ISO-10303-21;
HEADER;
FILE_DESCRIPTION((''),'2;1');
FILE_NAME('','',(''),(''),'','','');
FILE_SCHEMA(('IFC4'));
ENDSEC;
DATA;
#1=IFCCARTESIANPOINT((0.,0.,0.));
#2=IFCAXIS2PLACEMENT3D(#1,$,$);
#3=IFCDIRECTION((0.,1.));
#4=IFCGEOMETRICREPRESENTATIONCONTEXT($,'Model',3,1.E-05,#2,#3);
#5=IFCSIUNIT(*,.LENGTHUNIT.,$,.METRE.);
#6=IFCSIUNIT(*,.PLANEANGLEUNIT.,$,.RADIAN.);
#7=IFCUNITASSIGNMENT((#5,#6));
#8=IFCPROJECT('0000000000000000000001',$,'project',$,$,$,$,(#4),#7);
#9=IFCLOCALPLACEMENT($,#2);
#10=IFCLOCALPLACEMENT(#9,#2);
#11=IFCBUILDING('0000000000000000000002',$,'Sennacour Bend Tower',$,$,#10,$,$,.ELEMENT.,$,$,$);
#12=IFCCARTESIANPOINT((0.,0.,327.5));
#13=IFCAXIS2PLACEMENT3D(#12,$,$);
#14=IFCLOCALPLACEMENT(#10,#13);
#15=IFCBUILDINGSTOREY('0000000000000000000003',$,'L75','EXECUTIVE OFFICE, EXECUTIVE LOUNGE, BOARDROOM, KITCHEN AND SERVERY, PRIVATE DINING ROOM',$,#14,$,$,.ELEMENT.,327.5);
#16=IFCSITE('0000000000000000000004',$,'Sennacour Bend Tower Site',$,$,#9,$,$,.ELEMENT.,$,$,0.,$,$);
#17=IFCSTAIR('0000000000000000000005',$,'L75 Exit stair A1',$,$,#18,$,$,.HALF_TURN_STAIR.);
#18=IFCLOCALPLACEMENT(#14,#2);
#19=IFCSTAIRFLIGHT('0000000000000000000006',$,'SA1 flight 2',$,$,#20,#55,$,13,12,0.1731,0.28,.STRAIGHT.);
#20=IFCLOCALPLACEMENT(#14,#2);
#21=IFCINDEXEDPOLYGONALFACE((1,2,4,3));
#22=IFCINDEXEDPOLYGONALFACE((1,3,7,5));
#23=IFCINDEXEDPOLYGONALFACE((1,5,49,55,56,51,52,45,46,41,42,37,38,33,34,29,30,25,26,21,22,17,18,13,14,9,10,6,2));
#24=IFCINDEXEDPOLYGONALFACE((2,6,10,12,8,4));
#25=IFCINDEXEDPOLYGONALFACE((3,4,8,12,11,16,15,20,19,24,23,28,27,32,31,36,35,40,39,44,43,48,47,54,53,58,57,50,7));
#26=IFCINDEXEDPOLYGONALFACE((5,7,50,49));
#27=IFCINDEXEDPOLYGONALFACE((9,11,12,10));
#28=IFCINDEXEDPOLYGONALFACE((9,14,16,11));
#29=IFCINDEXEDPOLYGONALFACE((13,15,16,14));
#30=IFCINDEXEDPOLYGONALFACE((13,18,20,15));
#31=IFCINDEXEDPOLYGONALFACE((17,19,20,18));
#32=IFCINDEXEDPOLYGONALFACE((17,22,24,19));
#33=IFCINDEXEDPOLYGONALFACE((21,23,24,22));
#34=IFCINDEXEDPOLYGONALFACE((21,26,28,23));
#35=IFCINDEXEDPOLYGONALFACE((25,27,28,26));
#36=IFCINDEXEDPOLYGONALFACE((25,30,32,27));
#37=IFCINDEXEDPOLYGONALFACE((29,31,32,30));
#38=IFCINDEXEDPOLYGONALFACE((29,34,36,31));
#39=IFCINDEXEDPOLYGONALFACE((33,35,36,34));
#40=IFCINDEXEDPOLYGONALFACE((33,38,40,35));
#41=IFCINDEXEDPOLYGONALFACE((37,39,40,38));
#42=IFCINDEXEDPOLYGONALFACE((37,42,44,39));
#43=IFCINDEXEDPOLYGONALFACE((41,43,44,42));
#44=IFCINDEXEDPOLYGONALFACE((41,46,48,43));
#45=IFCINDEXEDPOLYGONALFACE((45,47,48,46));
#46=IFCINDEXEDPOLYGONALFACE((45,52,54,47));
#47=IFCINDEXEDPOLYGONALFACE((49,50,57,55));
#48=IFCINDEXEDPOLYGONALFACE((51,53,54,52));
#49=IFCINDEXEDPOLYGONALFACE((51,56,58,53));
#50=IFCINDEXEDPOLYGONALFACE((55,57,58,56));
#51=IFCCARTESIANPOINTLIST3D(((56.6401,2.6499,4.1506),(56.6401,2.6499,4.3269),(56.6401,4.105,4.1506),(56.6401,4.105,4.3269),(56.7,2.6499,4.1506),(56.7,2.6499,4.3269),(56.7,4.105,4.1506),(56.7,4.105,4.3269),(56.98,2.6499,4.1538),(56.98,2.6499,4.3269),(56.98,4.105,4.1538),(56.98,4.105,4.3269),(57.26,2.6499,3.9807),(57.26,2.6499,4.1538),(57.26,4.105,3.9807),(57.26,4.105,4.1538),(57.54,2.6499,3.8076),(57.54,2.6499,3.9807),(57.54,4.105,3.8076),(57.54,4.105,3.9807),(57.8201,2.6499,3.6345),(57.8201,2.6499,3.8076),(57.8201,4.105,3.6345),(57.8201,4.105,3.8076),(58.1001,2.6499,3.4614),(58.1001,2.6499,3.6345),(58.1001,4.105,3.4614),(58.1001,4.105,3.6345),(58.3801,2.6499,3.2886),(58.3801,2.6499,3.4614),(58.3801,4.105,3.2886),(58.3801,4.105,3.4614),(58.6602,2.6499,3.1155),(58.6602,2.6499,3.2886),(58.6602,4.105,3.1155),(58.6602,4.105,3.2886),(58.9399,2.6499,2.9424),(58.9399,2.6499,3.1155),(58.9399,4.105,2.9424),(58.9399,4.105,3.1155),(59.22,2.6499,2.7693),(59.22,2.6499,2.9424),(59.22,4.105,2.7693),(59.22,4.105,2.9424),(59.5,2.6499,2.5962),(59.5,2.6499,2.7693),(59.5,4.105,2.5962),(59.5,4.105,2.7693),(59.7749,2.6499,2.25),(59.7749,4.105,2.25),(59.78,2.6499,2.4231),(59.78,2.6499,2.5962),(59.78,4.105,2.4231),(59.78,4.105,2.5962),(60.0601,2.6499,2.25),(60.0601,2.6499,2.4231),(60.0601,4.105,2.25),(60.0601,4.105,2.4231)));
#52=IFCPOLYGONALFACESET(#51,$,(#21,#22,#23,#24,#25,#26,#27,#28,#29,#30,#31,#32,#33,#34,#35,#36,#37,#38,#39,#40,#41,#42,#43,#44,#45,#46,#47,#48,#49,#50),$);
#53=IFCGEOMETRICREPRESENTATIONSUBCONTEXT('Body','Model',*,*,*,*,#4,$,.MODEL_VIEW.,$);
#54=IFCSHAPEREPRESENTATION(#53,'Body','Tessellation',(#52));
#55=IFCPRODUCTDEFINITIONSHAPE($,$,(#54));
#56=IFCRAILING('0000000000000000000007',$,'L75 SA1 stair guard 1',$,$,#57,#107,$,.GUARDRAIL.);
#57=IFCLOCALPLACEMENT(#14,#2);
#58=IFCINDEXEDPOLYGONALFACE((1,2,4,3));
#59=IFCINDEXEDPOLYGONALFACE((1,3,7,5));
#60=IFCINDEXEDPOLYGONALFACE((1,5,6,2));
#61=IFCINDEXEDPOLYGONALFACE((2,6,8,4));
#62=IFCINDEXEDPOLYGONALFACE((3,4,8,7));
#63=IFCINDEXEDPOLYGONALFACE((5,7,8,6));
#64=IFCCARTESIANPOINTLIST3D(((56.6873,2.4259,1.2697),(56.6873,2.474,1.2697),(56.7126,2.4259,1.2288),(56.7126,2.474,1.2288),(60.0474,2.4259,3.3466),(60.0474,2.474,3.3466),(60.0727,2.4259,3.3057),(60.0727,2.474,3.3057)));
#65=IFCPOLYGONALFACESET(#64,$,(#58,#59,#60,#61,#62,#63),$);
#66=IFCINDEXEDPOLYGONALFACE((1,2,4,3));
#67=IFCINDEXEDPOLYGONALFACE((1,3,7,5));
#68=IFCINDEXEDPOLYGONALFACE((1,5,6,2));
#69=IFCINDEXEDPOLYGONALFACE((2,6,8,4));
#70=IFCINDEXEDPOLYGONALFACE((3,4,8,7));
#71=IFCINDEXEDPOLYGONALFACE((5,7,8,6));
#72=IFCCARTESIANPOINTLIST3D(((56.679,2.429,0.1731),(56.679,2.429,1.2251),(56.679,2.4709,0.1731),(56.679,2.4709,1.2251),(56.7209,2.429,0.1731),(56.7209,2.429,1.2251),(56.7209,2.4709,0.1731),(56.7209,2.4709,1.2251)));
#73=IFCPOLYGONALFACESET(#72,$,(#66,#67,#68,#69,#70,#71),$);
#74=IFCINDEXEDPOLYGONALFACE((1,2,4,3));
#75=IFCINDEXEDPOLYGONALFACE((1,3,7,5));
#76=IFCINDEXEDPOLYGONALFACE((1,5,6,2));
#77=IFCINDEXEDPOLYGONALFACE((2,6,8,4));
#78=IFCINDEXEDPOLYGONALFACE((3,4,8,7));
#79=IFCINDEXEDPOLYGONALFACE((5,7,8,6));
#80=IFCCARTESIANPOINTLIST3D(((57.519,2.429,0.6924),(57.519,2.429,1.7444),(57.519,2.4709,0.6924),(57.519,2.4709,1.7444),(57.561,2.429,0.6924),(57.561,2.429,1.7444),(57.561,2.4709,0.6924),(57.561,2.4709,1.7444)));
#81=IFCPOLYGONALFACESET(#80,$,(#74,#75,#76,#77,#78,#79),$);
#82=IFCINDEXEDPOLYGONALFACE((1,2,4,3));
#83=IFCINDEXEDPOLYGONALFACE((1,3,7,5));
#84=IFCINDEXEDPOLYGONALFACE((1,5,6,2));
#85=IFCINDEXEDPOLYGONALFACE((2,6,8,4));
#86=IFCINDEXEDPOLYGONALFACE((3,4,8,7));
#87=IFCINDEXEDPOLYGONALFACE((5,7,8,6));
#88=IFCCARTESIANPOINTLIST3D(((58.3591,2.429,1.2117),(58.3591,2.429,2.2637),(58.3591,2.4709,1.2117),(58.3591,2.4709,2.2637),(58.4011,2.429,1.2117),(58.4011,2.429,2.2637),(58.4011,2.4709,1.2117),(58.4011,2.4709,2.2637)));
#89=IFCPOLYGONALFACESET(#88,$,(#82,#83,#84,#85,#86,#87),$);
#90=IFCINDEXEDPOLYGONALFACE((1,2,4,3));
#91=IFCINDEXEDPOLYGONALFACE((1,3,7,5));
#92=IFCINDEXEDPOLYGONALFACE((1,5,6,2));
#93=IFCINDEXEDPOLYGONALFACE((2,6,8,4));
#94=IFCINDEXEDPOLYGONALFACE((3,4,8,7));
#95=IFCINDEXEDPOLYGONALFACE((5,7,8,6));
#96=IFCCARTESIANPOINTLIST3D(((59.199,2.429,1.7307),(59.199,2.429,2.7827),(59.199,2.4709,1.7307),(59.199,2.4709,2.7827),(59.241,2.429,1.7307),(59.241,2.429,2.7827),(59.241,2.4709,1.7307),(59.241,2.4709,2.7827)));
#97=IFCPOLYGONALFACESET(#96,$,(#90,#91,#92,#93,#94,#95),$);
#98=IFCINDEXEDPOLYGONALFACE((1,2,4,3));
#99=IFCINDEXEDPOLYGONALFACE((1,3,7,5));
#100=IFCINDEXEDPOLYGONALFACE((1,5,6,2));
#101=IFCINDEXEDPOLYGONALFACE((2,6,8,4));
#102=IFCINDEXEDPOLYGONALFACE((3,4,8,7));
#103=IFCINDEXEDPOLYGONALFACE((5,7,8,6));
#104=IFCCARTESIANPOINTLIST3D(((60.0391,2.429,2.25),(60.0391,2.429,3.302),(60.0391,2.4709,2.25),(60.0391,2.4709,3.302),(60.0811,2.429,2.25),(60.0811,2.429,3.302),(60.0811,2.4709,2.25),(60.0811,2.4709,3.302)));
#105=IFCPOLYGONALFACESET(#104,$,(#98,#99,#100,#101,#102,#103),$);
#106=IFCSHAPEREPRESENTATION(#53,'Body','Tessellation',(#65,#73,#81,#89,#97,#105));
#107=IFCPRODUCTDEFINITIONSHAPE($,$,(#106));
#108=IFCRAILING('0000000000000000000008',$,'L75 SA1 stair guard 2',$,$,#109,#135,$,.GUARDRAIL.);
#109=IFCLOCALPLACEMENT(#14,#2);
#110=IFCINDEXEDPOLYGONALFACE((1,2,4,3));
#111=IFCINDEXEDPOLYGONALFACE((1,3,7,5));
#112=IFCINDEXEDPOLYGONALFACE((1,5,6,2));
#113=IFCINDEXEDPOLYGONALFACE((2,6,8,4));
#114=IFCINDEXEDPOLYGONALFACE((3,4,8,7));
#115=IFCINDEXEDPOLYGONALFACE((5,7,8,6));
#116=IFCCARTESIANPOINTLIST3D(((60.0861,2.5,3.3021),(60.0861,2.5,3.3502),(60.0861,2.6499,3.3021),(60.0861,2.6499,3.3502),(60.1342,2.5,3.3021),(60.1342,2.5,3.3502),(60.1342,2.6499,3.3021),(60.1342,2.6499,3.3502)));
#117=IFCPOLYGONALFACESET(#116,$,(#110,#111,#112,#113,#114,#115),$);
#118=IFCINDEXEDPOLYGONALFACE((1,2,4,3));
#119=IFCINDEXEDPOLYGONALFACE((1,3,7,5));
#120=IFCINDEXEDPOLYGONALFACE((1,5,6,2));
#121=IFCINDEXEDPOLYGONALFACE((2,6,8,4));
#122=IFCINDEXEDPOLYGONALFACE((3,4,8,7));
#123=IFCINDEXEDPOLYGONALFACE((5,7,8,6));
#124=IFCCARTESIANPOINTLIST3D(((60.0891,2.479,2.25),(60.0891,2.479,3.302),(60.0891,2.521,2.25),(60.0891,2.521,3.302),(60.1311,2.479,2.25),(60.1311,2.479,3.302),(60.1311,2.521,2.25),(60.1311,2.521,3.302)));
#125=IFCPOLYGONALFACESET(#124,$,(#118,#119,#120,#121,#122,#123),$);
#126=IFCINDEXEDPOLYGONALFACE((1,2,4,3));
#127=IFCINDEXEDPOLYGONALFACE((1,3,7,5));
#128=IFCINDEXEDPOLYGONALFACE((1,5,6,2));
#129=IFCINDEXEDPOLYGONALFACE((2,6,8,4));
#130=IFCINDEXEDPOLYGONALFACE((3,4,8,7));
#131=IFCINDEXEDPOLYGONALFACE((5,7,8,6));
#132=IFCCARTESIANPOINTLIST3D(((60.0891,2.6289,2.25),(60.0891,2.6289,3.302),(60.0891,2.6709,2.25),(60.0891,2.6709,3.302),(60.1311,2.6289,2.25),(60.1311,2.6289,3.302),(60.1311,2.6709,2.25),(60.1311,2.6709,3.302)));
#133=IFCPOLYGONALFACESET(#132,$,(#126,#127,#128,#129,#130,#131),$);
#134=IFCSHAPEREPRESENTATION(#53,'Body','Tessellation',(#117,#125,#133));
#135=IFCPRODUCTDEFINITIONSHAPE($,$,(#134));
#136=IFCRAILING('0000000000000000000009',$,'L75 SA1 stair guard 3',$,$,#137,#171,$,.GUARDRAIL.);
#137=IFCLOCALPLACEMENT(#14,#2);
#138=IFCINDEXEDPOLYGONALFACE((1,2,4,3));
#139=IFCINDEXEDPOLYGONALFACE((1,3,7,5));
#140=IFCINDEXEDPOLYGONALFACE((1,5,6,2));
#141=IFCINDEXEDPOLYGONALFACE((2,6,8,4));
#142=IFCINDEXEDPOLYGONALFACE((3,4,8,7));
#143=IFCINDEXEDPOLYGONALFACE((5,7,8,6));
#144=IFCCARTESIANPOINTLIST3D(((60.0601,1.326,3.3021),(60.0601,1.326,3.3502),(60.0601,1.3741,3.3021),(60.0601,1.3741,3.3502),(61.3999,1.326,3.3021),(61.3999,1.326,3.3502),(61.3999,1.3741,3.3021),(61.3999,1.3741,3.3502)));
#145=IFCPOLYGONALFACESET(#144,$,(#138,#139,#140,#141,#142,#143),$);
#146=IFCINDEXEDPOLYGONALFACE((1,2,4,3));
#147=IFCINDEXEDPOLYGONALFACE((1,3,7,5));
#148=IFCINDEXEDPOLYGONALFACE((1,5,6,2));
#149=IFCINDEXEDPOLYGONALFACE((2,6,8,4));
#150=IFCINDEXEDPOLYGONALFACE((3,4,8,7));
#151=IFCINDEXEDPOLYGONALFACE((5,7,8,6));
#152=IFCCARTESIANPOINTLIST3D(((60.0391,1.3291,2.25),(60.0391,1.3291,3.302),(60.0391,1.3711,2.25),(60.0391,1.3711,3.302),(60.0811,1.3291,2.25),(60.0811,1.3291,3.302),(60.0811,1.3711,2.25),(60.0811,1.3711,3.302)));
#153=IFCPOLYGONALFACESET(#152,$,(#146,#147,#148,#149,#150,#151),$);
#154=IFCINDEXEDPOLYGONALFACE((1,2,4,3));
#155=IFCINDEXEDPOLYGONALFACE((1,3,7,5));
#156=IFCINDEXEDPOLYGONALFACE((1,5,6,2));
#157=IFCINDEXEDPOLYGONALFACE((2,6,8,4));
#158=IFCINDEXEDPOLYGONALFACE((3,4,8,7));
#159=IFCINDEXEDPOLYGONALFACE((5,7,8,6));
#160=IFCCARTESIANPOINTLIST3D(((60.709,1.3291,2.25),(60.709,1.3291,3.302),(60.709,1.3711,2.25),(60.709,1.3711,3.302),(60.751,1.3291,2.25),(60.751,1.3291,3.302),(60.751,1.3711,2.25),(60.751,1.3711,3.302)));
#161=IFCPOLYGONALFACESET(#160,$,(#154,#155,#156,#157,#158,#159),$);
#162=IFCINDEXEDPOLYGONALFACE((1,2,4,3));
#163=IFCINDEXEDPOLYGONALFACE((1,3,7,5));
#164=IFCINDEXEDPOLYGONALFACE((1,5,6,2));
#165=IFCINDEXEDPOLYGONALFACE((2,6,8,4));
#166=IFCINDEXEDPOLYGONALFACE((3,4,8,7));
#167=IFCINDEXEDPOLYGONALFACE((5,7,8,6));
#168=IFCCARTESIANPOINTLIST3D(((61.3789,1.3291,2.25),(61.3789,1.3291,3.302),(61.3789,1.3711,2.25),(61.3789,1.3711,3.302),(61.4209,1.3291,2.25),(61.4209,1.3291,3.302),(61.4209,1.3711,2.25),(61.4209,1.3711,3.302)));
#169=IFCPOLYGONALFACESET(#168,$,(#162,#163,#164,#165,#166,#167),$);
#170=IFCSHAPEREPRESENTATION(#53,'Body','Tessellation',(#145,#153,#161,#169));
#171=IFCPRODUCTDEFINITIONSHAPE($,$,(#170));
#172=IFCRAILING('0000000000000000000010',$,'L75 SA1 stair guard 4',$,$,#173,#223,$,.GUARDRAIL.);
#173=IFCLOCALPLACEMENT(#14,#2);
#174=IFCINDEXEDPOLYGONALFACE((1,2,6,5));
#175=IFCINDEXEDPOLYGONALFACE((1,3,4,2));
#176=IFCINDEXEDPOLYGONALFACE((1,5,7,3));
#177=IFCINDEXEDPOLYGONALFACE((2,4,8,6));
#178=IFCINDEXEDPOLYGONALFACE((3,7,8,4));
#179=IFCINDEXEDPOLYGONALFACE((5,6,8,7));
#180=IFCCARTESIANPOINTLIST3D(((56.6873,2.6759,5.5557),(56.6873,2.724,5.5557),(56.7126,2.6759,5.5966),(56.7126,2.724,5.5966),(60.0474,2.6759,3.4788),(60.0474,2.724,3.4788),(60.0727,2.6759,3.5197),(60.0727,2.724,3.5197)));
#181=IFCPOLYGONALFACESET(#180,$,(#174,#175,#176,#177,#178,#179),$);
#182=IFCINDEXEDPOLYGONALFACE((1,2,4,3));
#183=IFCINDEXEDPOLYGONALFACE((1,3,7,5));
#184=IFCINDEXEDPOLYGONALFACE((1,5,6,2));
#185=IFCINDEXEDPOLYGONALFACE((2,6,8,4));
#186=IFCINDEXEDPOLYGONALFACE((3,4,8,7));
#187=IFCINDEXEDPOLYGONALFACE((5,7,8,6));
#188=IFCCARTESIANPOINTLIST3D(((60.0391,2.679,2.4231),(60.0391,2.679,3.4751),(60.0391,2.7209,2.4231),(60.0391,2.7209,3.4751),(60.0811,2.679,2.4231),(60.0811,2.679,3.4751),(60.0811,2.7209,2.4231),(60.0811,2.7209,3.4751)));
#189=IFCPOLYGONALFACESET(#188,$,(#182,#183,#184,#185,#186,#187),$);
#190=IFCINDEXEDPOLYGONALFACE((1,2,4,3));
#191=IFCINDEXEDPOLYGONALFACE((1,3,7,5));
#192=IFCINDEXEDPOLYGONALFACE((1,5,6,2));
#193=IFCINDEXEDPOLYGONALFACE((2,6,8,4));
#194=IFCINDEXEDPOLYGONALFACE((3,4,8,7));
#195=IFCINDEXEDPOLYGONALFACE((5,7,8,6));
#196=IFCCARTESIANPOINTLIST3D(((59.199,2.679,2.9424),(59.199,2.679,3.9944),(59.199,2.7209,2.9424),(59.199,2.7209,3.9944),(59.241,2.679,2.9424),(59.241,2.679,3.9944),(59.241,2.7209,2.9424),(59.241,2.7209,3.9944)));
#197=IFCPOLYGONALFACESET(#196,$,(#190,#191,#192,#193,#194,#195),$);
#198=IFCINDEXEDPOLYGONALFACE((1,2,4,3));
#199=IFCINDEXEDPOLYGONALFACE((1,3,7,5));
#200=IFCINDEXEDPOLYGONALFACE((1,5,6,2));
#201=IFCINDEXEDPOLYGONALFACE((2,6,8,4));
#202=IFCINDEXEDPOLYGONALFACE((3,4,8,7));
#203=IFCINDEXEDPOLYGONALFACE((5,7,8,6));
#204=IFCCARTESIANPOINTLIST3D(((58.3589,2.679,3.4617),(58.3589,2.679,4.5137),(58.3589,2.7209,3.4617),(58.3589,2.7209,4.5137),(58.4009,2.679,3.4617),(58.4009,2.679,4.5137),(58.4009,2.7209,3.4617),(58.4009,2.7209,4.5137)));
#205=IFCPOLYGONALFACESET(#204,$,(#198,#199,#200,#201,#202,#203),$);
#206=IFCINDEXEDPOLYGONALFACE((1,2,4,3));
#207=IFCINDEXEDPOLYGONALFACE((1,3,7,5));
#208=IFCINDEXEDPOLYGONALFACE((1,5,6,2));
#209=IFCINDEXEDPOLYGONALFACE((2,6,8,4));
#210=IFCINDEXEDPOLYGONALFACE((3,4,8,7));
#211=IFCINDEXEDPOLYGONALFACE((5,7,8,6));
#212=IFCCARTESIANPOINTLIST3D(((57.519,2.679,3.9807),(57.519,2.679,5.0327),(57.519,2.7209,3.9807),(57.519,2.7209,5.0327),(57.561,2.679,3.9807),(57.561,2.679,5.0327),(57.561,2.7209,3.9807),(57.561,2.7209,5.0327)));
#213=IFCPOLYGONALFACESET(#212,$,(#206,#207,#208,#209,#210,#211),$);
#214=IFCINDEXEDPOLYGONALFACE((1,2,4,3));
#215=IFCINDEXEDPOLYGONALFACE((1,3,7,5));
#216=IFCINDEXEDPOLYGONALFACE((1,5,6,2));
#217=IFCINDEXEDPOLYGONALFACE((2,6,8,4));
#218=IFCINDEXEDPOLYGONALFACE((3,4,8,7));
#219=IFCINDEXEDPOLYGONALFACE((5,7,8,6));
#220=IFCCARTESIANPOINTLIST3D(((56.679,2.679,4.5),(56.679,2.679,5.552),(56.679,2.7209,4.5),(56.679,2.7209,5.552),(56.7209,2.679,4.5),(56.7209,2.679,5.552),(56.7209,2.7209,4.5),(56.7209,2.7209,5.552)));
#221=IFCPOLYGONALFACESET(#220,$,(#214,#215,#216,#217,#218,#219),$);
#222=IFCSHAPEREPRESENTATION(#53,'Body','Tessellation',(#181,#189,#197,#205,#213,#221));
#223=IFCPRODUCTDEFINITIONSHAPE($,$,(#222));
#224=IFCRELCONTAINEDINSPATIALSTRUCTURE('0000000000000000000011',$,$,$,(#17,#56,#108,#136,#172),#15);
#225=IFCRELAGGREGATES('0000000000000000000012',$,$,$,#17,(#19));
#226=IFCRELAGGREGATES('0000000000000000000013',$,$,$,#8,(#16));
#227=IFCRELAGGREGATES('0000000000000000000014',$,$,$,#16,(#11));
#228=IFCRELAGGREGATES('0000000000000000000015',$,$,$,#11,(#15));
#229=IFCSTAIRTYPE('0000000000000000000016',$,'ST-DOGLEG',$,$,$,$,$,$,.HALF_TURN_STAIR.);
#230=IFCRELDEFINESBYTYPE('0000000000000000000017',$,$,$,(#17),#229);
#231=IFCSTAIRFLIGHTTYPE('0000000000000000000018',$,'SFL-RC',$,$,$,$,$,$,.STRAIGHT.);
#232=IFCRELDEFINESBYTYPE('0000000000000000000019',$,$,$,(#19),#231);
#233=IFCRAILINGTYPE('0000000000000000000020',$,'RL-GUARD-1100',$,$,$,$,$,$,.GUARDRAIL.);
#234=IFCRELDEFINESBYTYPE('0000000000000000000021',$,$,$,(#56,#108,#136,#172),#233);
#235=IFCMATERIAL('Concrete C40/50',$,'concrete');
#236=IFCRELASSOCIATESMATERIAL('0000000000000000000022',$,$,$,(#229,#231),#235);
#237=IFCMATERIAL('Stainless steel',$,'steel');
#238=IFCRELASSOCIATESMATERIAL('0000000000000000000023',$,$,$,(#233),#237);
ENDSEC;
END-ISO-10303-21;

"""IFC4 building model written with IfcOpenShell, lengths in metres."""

from ifc_helpers import new_model, si_unit, direction, frame, origin, origin_2d, place, context, subcontext, project, spatial, polyline, rectangle, outline, extrude, material, type_object, element, aggregate, save


model = new_model("IFC4")

# Units and contexts
model_context = context("Model", 3, precision=1e-05, world=origin(), true_north=direction((0.0, 1.0)))
body_context = subcontext(model_context, "Body", "Model", "MODEL_VIEW")
ifc_project = project(units=[si_unit("LENGTHUNIT", "METRE"), si_unit("PLANEANGLEUNIT", "RADIAN")], contexts=[model_context])

# Site, building, storey
site_placement = place(None, origin())
site = spatial("IfcSite", under=ifc_project, at=site_placement, Name="Sennacour Bend Tower Site", CompositionType="ELEMENT", RefElevation=0.0)
building_placement = place(site_placement, origin())
building = spatial("IfcBuilding", under=site, at=building_placement, Name="Sennacour Bend Tower", CompositionType="ELEMENT")
storey_placement = place(building_placement, frame((0.0, 0.0, 327.5)))
storey = spatial("IfcBuildingStorey", under=building, at=storey_placement, Name="L75", Description="EXECUTIVE OFFICE, EXECUTIVE LOUNGE, BOARDROOM, KITCHEN AND SERVERY, PRIVATE DINING ROOM", CompositionType="ELEMENT", Elevation=327.5)

# Shared definitions
ifc_material_1 = material(Name="Stainless steel", Category="steel")

# Stair, stair flight
ifc_material_2 = material(Name="Concrete C40/50", Category="concrete")
stair_type = type_object("IfcStairType", Name="ST-DOGLEG", PredefinedType="HALF_TURN_STAIR", material=ifc_material_2)
stair_placement = place(storey_placement, origin())
stair = element("IfcStair", 1, at=stair_placement, inside=storey, type_object=stair_type, Name="L75 Exit stair A1", PredefinedType="HALF_TURN_STAIR")
stair_flight_type = type_object("IfcStairFlightType", Name="SFL-RC", PredefinedType="STRAIGHT", material=ifc_material_2)
stair_flight_1_placement = place(storey_placement, frame((60.0601, 3.3774, 2.25), z_axis=(0.0, 0.0, 1.0), x_axis=(-1.0, 0.0, 0.0)))
stair_flight_1 = element("IfcStairFlight", 2, at=stair_flight_1_placement, type_object=stair_flight_type, Name="SA1 flight 2", NumberOfRisers=13, NumberOfTreads=12, PredefinedType="STRAIGHT", RiserHeight=0.1731, TreadLength=0.28, context=body_context, shape_type="SweptSolid", body=[
    extrude(outline(polyline([(0.0, 0.0), (0.0, 0.1731), (0.28, 0.1731), (0.28, 0.3462), (0.5601, 0.3462), (0.5601, 0.5193), (0.8401, 0.5193), (0.8401, 0.6924), (1.1201, 0.6924), (1.1201, 0.8655), (1.3999, 0.8655), (1.3999, 1.0386), (1.6799, 1.0386), (1.6799, 1.2114), (1.96, 1.2114), (1.96, 1.3845), (2.24, 1.3845), (2.24, 1.5576), (2.52, 1.5576), (2.52, 1.7307), (2.8, 1.7307), (2.8, 1.9038), (3.0801, 1.9038), (3.0801, 2.0769), (3.3601, 2.0769), (3.4199, 2.0769), (3.4199, 1.9006), (3.3601, 1.9006), (0.2852, 0.0), (0.0, 0.0)])), frame((0.0, 0.7275, 0.0), z_axis=(0.0, -1.0, 0.0), x_axis=(1.0, 0.0, 0.0)), (0.0, 0.0, 1.0), 1.4551),
])
aggregate(stair, [stair_flight_1])

# Railings
railing_type_1 = type_object("IfcRailingType", Name="RL-GUARD-1100", PredefinedType="GUARDRAIL", material=ifc_material_1)
railing_1_placement = place(storey_placement, frame((56.7, 2.45, 0.1731)))
element("IfcRailing", 3, at=railing_1_placement, inside=storey, type_object=railing_type_1, Name="L75 SA1 stair guard 1", PredefinedType="GUARDRAIL", context=body_context, shape_type="SweptSolid", body=[
    extrude(rectangle(XDim=0.0481, YDim=0.0481, at=origin_2d()), frame((0.0, 0.0, 1.0762), z_axis=(0.850623, 0.0, 0.525776), x_axis=(0.0, 1.0, 0.0)), (0.0, 0.0, 1.0), 3.9502),
    extrude(rectangle(XDim=0.042, YDim=0.042, at=origin_2d()), origin(), (0.0, 0.0, 1.0), 1.052),
    extrude(rectangle(XDim=0.042, YDim=0.042, at=origin_2d()), frame((0.8401, 0.0, 0.5193)), (0.0, 0.0, 1.0), 1.052),
    extrude(rectangle(XDim=0.042, YDim=0.042, at=origin_2d()), frame((1.6802, 0.0, 1.0386)), (0.0, 0.0, 1.0), 1.052),
    extrude(rectangle(XDim=0.042, YDim=0.042, at=origin_2d()), frame((2.52, 0.0, 1.5576)), (0.0, 0.0, 1.0), 1.052),
    extrude(rectangle(XDim=0.042, YDim=0.042, at=origin_2d()), frame((3.3601, 0.0, 2.0769)), (0.0, 0.0, 1.0), 1.052),
])
railing_2_placement = place(storey_placement, frame((60.1101, 2.5, 2.25)))
element("IfcRailing", 4, at=railing_2_placement, inside=storey, type_object=railing_type_1, Name="L75 SA1 stair guard 2", PredefinedType="GUARDRAIL", context=body_context, shape_type="SweptSolid", body=[
    extrude(rectangle(XDim=0.0481, YDim=0.0481, at=origin_2d()), frame((0.0, 0.0, 1.0762), z_axis=(0.0, 1.0, 0.0), x_axis=(-1.0, 0.0, 0.0)), (0.0, 0.0, 1.0), 0.1499),
    extrude(rectangle(XDim=0.042, YDim=0.042, at=origin_2d()), origin(), (0.0, 0.0, 1.0), 1.052),
    extrude(rectangle(XDim=0.042, YDim=0.042, at=origin_2d()), frame((0.0, 0.1499, 0.0)), (0.0, 0.0, 1.0), 1.052),
])
railing_3_placement = place(storey_placement, frame((60.0601, 1.3501, 2.25)))
element("IfcRailing", 5, at=railing_3_placement, inside=storey, type_object=railing_type_1, Name="L75 SA1 stair guard 3", PredefinedType="GUARDRAIL", context=body_context, shape_type="SweptSolid", body=[
    extrude(rectangle(XDim=0.0481, YDim=0.0481, at=origin_2d()), frame((0.0, 0.0, 1.0762), z_axis=(1.0, 0.0, 0.0), x_axis=(0.0, 1.0, 0.0)), (0.0, 0.0, 1.0), 1.3398),
    extrude(rectangle(XDim=0.042, YDim=0.042, at=origin_2d()), origin(), (0.0, 0.0, 1.0), 1.052),
    extrude(rectangle(XDim=0.042, YDim=0.042, at=origin_2d()), frame((0.6699, 0.0, 0.0)), (0.0, 0.0, 1.0), 1.052),
    extrude(rectangle(XDim=0.042, YDim=0.042, at=origin_2d()), frame((1.3398, 0.0, 0.0)), (0.0, 0.0, 1.0), 1.052),
])
railing_4_placement = place(storey_placement, frame((60.0601, 2.7, 2.4231)))
element("IfcRailing", 6, at=railing_4_placement, inside=storey, type_object=railing_type_1, Name="L75 SA1 stair guard 4", PredefinedType="GUARDRAIL", context=body_context, shape_type="SweptSolid", body=[
    extrude(rectangle(XDim=0.0481, YDim=0.0481, at=origin_2d()), frame((0.0, 0.0, 1.0762), z_axis=(-0.850623, 0.0, 0.525776), x_axis=(0.0, -1.0, 0.0)), (0.0, 0.0, 1.0), 3.9502),
    extrude(rectangle(XDim=0.042, YDim=0.042, at=origin_2d()), origin(), (0.0, 0.0, 1.0), 1.052),
    extrude(rectangle(XDim=0.042, YDim=0.042, at=origin_2d()), frame((-0.8401, 0.0, 0.5193)), (0.0, 0.0, 1.0), 1.052),
    extrude(rectangle(XDim=0.042, YDim=0.042, at=origin_2d()), frame((-1.6802, 0.0, 1.0386)), (0.0, 0.0, 1.0), 1.052),
    extrude(rectangle(XDim=0.042, YDim=0.042, at=origin_2d()), frame((-2.52, 0.0, 1.5576)), (0.0, 0.0, 1.0), 1.052),
    extrude(rectangle(XDim=0.042, YDim=0.042, at=origin_2d()), frame((-3.3601, 0.0, 2.0769)), (0.0, 0.0, 1.0), 1.052),
])

save(model, "model.ifc")
